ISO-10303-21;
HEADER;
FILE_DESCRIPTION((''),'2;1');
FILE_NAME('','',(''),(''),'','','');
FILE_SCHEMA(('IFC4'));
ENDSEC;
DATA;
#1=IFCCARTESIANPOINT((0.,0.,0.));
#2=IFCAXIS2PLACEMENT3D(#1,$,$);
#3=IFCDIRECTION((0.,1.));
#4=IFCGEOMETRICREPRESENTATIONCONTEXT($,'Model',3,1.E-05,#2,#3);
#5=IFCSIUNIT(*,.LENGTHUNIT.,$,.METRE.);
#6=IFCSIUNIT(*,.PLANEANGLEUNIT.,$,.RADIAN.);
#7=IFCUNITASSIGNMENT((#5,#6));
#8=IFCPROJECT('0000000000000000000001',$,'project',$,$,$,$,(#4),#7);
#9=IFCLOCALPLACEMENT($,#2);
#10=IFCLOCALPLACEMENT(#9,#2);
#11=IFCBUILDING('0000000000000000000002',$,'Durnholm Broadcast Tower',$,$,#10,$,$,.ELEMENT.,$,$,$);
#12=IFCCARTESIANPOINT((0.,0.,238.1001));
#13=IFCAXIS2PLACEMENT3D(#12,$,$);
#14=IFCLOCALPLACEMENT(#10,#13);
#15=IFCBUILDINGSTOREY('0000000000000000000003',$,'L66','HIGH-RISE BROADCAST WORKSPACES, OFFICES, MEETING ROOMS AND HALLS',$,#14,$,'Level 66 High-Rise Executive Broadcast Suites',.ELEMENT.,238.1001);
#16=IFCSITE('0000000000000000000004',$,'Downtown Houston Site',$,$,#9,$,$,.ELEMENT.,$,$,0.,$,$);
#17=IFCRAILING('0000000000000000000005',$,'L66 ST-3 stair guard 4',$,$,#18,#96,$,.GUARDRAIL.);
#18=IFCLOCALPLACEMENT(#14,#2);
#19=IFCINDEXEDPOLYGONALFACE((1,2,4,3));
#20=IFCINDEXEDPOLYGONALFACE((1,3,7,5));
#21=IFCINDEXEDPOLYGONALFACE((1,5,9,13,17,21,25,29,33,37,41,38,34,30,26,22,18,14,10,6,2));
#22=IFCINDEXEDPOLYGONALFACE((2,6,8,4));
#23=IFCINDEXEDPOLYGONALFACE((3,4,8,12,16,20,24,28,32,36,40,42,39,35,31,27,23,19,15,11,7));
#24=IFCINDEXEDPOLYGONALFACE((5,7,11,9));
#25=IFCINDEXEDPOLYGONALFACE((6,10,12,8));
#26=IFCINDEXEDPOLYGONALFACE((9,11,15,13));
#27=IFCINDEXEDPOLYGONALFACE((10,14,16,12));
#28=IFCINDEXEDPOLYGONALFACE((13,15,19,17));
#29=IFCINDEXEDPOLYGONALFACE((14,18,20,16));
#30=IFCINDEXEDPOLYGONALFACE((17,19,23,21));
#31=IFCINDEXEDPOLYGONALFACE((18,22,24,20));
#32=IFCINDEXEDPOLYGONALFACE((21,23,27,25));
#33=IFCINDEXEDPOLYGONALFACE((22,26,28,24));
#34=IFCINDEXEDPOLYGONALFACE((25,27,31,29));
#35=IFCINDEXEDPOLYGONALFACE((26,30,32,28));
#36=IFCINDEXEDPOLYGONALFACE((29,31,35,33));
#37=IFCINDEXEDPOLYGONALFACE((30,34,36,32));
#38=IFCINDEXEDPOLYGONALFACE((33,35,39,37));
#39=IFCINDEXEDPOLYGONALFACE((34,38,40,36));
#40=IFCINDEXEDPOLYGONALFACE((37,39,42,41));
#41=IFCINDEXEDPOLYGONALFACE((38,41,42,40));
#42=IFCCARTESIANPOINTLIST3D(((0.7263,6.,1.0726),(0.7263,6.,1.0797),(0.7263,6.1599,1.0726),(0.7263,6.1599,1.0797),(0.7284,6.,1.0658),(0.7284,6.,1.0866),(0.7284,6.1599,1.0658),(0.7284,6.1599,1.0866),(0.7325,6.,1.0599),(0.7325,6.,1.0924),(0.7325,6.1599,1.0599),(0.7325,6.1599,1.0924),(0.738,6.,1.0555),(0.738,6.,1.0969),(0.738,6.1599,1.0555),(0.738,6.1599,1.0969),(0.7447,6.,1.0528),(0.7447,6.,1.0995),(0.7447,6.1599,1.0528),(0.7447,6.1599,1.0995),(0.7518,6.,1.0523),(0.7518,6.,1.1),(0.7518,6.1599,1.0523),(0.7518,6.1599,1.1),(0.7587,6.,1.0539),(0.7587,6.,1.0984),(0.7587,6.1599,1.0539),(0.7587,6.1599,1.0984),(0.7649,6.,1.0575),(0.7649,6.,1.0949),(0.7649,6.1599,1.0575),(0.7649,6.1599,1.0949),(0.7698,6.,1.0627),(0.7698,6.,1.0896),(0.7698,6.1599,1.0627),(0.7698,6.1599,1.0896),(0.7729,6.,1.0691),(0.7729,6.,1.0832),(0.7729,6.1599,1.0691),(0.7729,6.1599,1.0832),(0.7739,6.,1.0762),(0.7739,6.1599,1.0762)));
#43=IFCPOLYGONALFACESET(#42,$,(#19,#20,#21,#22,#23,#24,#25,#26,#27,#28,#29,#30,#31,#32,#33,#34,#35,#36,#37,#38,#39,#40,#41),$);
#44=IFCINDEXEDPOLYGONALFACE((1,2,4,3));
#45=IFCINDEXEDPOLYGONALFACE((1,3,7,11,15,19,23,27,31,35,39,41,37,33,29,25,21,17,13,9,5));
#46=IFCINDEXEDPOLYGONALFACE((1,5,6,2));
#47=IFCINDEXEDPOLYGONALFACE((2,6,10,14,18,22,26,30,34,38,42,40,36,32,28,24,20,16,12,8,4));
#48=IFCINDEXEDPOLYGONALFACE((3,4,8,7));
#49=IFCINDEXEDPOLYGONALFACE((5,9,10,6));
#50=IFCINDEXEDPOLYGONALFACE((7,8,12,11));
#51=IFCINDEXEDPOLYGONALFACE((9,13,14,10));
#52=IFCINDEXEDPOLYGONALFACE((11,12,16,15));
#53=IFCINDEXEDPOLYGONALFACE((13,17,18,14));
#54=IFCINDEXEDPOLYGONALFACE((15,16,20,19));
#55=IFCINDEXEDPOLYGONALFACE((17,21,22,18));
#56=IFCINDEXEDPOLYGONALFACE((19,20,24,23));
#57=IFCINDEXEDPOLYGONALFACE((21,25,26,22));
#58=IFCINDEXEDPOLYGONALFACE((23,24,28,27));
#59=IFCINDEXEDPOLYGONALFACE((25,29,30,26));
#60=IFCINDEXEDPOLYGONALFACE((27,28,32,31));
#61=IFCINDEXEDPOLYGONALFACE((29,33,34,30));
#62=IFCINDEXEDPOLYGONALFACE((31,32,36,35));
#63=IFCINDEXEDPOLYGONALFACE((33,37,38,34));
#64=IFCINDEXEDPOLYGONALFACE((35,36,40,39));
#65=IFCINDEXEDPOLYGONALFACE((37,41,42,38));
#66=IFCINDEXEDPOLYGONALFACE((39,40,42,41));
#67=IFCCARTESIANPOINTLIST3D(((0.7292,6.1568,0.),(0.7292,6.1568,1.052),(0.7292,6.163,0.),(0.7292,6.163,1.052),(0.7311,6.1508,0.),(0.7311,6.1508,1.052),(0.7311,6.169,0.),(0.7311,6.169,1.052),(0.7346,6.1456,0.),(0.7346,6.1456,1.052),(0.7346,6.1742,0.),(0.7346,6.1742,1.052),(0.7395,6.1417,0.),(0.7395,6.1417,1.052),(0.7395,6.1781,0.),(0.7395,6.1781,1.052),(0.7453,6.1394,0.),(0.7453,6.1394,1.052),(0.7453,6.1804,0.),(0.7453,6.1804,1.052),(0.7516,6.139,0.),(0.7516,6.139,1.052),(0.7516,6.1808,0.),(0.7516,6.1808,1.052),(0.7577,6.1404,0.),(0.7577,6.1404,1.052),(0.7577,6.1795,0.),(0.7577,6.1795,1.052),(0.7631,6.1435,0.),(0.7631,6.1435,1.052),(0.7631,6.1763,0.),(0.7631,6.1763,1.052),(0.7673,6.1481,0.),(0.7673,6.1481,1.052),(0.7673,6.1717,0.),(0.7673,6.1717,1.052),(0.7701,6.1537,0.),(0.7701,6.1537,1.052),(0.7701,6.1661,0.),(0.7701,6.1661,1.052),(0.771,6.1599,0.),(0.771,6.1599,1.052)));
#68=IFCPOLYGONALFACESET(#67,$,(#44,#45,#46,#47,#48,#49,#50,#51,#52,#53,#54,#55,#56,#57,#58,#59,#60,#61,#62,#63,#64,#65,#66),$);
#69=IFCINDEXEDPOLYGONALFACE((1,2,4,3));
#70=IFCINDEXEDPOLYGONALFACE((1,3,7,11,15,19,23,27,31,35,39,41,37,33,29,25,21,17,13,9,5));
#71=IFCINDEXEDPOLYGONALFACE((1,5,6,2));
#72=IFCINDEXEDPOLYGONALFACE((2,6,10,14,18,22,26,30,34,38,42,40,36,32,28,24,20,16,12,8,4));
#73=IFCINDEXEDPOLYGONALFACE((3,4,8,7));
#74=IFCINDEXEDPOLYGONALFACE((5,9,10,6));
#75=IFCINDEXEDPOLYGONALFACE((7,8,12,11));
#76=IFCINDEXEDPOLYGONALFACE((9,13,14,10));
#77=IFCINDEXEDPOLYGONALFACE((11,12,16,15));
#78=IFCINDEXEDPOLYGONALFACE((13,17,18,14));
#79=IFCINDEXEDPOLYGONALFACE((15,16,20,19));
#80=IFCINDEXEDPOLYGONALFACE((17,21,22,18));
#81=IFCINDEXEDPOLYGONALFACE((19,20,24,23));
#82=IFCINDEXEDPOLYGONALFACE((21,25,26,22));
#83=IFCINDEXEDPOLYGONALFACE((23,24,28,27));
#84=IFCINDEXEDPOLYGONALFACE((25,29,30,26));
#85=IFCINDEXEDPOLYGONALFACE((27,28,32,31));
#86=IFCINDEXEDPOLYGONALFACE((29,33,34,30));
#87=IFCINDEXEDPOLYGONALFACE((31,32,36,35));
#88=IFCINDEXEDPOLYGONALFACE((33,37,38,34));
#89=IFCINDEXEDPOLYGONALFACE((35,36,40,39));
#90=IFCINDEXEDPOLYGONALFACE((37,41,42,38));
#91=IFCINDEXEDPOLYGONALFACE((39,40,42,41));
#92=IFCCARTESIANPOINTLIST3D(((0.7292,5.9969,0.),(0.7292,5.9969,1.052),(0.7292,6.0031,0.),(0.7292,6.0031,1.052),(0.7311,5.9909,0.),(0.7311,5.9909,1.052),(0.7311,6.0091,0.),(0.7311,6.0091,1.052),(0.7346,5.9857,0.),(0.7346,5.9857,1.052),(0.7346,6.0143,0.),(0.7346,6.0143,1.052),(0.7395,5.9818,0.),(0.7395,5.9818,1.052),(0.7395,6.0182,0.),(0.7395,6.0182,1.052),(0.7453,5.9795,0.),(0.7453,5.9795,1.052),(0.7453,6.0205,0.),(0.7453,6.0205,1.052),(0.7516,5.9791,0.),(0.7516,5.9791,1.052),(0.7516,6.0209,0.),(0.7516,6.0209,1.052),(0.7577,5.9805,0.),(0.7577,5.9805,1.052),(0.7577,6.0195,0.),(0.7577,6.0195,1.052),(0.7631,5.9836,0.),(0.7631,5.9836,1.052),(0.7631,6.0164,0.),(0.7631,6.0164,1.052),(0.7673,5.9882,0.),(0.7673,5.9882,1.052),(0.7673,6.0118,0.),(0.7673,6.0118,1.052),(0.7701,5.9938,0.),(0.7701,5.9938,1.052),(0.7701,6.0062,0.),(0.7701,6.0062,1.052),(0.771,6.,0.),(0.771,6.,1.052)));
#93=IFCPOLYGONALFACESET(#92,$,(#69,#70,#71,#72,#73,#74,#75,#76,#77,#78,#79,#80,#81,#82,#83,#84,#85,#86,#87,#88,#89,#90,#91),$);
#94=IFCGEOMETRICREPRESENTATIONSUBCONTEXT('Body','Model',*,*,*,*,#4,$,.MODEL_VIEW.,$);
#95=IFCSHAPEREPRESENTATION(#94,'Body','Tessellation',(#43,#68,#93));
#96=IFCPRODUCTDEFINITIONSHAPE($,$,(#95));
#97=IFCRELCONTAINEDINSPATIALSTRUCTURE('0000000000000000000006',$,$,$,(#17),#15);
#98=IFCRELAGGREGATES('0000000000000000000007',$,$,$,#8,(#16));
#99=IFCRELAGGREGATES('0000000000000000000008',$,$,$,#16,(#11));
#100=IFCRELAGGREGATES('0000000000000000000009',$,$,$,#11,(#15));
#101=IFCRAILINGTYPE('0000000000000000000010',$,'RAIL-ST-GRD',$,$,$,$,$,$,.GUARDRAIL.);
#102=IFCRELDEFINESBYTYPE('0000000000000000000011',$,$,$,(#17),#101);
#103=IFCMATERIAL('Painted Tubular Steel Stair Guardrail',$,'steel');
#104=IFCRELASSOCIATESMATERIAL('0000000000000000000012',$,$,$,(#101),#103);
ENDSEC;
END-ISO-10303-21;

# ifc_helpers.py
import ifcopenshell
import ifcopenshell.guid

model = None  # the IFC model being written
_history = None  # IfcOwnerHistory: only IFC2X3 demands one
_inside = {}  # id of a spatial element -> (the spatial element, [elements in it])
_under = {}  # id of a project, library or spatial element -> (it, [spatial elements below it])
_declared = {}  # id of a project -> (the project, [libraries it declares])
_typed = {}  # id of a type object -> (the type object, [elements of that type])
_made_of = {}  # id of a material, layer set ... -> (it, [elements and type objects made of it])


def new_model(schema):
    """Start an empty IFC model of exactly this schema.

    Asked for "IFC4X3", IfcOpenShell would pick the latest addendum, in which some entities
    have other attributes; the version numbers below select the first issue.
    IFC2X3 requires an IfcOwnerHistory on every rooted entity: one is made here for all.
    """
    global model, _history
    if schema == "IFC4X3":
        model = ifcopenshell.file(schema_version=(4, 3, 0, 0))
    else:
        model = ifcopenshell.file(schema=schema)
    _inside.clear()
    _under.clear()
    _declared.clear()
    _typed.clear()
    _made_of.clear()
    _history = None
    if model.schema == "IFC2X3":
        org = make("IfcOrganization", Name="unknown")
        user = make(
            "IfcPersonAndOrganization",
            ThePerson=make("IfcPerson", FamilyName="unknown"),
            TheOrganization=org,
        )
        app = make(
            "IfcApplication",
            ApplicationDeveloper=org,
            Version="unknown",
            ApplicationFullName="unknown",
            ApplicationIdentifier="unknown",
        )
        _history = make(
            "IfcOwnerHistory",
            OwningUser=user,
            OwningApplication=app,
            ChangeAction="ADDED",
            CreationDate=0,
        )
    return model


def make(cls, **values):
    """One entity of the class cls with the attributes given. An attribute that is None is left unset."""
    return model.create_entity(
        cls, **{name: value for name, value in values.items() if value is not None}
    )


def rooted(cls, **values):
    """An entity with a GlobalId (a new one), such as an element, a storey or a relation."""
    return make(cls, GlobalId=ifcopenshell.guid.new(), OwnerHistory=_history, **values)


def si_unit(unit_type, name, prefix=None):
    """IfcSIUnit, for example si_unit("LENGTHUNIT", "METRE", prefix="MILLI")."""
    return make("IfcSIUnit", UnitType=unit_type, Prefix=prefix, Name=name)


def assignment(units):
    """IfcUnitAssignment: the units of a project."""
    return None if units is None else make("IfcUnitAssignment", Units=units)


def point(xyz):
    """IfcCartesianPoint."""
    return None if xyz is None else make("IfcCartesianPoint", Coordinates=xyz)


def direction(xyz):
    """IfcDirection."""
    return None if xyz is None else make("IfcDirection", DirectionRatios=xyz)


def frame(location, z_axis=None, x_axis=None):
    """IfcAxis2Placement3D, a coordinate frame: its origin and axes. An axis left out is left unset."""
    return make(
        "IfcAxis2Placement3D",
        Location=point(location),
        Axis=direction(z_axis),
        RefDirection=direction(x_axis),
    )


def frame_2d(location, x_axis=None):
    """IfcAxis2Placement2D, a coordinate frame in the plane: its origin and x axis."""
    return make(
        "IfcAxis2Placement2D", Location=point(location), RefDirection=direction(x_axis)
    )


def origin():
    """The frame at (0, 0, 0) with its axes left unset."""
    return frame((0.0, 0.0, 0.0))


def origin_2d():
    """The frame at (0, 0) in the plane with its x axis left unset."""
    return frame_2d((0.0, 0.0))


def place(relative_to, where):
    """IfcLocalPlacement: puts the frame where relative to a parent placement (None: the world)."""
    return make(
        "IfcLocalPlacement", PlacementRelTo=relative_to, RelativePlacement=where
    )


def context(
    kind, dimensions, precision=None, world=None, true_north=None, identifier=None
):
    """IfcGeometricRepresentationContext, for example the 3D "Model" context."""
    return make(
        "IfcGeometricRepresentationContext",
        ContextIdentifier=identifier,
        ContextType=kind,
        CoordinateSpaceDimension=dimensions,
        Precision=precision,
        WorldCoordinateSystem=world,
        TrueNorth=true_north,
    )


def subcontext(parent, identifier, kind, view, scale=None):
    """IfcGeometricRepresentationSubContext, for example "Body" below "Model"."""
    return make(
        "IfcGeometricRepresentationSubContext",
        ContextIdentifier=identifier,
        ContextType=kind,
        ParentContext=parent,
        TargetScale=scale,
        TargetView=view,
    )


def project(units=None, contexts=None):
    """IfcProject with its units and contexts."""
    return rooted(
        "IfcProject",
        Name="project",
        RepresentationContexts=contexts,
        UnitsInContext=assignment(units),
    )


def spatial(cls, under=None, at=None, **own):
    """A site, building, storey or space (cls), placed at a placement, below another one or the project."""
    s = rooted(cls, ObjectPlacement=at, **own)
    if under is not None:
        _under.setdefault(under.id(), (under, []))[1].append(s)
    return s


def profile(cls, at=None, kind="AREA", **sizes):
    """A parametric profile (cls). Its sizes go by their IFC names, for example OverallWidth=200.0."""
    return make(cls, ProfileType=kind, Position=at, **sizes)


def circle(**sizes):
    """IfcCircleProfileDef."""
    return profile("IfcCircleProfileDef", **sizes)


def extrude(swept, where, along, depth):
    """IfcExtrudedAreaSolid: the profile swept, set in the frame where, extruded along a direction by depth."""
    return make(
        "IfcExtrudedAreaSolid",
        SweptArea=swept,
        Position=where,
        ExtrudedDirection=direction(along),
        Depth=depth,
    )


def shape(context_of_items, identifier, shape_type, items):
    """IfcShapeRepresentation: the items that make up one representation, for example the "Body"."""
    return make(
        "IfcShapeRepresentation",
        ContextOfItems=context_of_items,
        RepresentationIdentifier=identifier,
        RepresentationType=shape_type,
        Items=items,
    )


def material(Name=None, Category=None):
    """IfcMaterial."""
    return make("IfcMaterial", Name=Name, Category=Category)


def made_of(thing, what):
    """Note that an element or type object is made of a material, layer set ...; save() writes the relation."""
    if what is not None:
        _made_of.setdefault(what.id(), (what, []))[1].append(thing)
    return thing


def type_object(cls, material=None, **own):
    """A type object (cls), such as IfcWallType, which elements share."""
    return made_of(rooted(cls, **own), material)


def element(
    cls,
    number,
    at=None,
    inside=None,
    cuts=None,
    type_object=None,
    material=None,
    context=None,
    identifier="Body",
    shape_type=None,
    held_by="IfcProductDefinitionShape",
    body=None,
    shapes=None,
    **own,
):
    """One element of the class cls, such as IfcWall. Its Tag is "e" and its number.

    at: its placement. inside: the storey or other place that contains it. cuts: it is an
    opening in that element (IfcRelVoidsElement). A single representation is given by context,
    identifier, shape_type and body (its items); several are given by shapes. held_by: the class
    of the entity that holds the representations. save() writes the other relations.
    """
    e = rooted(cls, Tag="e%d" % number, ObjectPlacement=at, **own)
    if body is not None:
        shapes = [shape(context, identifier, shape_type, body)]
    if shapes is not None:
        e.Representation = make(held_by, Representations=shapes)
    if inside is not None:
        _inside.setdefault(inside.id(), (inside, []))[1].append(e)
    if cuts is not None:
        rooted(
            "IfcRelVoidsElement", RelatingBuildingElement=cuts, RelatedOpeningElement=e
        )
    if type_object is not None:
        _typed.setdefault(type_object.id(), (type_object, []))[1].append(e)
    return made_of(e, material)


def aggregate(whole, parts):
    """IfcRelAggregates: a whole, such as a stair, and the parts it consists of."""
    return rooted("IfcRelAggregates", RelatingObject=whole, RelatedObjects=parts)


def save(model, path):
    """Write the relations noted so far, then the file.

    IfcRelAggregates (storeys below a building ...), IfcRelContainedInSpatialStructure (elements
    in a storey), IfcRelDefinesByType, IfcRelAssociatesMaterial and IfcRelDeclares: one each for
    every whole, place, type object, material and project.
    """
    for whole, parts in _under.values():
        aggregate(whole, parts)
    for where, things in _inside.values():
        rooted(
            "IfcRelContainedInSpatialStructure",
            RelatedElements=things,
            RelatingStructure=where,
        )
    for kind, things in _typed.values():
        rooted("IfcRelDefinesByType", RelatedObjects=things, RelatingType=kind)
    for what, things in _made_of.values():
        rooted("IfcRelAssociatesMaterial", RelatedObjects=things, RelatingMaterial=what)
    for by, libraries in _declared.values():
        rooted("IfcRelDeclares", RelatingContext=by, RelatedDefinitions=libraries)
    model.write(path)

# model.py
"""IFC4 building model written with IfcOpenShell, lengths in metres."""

from ifc_helpers import new_model, si_unit, direction, frame, origin, origin_2d, place, context, subcontext, project, spatial, circle, extrude, material, type_object, element, save


model = new_model("IFC4")

# Units and contexts
model_context = context("Model", 3, precision=1e-05, world=origin(), true_north=direction((0.0, 1.0)))
body_context = subcontext(model_context, "Body", "Model", "MODEL_VIEW")
ifc_project = project(units=[si_unit("LENGTHUNIT", "METRE"), si_unit("PLANEANGLEUNIT", "RADIAN")], contexts=[model_context])

# Site, building, storey
site_placement = place(None, origin())
site = spatial("IfcSite", under=ifc_project, at=site_placement, Name="Downtown Houston Site", CompositionType="ELEMENT", RefElevation=0.0)
building_placement = place(site_placement, origin())
building = spatial("IfcBuilding", under=site, at=building_placement, Name="Durnholm Broadcast Tower", CompositionType="ELEMENT")
storey_placement = place(building_placement, frame((0.0, 0.0, 238.1001)))
storey = spatial("IfcBuildingStorey", under=building, at=storey_placement, Name="L66", Description="HIGH-RISE BROADCAST WORKSPACES, OFFICES, MEETING ROOMS AND HALLS", LongName="Level 66 High-Rise Executive Broadcast Suites", CompositionType="ELEMENT", Elevation=238.1001)

# Railing
ifc_material_1 = material(Name="Painted Tubular Steel Stair Guardrail", Category="steel")
railing_type = type_object("IfcRailingType", Name="RAIL-ST-GRD", PredefinedType="GUARDRAIL", material=ifc_material_1)
railing_1_placement = place(storey_placement, frame((0.75, 6.1599, 0.0)))
element("IfcRailing", 1, at=railing_1_placement, inside=storey, type_object=railing_type, Name="L66 ST-3 stair guard 4", PredefinedType="GUARDRAIL", context=body_context, shape_type="SweptSolid", body=[
    extrude(circle(Radius=0.0239, at=origin_2d()), frame((0.0, 0.0, 1.0762), z_axis=(0.0, -1.0, 0.0), x_axis=(1.0, 0.0, 0.0)), (0.0, 0.0, 1.0), 0.1599),
    extrude(circle(Radius=0.021, at=origin_2d()), origin(), (0.0, 0.0, 1.0), 1.052),
    extrude(circle(Radius=0.021, at=origin_2d()), frame((0.0, -0.1599, 0.0)), (0.0, 0.0, 1.0), 1.052),
])

save(model, "model.ifc")
